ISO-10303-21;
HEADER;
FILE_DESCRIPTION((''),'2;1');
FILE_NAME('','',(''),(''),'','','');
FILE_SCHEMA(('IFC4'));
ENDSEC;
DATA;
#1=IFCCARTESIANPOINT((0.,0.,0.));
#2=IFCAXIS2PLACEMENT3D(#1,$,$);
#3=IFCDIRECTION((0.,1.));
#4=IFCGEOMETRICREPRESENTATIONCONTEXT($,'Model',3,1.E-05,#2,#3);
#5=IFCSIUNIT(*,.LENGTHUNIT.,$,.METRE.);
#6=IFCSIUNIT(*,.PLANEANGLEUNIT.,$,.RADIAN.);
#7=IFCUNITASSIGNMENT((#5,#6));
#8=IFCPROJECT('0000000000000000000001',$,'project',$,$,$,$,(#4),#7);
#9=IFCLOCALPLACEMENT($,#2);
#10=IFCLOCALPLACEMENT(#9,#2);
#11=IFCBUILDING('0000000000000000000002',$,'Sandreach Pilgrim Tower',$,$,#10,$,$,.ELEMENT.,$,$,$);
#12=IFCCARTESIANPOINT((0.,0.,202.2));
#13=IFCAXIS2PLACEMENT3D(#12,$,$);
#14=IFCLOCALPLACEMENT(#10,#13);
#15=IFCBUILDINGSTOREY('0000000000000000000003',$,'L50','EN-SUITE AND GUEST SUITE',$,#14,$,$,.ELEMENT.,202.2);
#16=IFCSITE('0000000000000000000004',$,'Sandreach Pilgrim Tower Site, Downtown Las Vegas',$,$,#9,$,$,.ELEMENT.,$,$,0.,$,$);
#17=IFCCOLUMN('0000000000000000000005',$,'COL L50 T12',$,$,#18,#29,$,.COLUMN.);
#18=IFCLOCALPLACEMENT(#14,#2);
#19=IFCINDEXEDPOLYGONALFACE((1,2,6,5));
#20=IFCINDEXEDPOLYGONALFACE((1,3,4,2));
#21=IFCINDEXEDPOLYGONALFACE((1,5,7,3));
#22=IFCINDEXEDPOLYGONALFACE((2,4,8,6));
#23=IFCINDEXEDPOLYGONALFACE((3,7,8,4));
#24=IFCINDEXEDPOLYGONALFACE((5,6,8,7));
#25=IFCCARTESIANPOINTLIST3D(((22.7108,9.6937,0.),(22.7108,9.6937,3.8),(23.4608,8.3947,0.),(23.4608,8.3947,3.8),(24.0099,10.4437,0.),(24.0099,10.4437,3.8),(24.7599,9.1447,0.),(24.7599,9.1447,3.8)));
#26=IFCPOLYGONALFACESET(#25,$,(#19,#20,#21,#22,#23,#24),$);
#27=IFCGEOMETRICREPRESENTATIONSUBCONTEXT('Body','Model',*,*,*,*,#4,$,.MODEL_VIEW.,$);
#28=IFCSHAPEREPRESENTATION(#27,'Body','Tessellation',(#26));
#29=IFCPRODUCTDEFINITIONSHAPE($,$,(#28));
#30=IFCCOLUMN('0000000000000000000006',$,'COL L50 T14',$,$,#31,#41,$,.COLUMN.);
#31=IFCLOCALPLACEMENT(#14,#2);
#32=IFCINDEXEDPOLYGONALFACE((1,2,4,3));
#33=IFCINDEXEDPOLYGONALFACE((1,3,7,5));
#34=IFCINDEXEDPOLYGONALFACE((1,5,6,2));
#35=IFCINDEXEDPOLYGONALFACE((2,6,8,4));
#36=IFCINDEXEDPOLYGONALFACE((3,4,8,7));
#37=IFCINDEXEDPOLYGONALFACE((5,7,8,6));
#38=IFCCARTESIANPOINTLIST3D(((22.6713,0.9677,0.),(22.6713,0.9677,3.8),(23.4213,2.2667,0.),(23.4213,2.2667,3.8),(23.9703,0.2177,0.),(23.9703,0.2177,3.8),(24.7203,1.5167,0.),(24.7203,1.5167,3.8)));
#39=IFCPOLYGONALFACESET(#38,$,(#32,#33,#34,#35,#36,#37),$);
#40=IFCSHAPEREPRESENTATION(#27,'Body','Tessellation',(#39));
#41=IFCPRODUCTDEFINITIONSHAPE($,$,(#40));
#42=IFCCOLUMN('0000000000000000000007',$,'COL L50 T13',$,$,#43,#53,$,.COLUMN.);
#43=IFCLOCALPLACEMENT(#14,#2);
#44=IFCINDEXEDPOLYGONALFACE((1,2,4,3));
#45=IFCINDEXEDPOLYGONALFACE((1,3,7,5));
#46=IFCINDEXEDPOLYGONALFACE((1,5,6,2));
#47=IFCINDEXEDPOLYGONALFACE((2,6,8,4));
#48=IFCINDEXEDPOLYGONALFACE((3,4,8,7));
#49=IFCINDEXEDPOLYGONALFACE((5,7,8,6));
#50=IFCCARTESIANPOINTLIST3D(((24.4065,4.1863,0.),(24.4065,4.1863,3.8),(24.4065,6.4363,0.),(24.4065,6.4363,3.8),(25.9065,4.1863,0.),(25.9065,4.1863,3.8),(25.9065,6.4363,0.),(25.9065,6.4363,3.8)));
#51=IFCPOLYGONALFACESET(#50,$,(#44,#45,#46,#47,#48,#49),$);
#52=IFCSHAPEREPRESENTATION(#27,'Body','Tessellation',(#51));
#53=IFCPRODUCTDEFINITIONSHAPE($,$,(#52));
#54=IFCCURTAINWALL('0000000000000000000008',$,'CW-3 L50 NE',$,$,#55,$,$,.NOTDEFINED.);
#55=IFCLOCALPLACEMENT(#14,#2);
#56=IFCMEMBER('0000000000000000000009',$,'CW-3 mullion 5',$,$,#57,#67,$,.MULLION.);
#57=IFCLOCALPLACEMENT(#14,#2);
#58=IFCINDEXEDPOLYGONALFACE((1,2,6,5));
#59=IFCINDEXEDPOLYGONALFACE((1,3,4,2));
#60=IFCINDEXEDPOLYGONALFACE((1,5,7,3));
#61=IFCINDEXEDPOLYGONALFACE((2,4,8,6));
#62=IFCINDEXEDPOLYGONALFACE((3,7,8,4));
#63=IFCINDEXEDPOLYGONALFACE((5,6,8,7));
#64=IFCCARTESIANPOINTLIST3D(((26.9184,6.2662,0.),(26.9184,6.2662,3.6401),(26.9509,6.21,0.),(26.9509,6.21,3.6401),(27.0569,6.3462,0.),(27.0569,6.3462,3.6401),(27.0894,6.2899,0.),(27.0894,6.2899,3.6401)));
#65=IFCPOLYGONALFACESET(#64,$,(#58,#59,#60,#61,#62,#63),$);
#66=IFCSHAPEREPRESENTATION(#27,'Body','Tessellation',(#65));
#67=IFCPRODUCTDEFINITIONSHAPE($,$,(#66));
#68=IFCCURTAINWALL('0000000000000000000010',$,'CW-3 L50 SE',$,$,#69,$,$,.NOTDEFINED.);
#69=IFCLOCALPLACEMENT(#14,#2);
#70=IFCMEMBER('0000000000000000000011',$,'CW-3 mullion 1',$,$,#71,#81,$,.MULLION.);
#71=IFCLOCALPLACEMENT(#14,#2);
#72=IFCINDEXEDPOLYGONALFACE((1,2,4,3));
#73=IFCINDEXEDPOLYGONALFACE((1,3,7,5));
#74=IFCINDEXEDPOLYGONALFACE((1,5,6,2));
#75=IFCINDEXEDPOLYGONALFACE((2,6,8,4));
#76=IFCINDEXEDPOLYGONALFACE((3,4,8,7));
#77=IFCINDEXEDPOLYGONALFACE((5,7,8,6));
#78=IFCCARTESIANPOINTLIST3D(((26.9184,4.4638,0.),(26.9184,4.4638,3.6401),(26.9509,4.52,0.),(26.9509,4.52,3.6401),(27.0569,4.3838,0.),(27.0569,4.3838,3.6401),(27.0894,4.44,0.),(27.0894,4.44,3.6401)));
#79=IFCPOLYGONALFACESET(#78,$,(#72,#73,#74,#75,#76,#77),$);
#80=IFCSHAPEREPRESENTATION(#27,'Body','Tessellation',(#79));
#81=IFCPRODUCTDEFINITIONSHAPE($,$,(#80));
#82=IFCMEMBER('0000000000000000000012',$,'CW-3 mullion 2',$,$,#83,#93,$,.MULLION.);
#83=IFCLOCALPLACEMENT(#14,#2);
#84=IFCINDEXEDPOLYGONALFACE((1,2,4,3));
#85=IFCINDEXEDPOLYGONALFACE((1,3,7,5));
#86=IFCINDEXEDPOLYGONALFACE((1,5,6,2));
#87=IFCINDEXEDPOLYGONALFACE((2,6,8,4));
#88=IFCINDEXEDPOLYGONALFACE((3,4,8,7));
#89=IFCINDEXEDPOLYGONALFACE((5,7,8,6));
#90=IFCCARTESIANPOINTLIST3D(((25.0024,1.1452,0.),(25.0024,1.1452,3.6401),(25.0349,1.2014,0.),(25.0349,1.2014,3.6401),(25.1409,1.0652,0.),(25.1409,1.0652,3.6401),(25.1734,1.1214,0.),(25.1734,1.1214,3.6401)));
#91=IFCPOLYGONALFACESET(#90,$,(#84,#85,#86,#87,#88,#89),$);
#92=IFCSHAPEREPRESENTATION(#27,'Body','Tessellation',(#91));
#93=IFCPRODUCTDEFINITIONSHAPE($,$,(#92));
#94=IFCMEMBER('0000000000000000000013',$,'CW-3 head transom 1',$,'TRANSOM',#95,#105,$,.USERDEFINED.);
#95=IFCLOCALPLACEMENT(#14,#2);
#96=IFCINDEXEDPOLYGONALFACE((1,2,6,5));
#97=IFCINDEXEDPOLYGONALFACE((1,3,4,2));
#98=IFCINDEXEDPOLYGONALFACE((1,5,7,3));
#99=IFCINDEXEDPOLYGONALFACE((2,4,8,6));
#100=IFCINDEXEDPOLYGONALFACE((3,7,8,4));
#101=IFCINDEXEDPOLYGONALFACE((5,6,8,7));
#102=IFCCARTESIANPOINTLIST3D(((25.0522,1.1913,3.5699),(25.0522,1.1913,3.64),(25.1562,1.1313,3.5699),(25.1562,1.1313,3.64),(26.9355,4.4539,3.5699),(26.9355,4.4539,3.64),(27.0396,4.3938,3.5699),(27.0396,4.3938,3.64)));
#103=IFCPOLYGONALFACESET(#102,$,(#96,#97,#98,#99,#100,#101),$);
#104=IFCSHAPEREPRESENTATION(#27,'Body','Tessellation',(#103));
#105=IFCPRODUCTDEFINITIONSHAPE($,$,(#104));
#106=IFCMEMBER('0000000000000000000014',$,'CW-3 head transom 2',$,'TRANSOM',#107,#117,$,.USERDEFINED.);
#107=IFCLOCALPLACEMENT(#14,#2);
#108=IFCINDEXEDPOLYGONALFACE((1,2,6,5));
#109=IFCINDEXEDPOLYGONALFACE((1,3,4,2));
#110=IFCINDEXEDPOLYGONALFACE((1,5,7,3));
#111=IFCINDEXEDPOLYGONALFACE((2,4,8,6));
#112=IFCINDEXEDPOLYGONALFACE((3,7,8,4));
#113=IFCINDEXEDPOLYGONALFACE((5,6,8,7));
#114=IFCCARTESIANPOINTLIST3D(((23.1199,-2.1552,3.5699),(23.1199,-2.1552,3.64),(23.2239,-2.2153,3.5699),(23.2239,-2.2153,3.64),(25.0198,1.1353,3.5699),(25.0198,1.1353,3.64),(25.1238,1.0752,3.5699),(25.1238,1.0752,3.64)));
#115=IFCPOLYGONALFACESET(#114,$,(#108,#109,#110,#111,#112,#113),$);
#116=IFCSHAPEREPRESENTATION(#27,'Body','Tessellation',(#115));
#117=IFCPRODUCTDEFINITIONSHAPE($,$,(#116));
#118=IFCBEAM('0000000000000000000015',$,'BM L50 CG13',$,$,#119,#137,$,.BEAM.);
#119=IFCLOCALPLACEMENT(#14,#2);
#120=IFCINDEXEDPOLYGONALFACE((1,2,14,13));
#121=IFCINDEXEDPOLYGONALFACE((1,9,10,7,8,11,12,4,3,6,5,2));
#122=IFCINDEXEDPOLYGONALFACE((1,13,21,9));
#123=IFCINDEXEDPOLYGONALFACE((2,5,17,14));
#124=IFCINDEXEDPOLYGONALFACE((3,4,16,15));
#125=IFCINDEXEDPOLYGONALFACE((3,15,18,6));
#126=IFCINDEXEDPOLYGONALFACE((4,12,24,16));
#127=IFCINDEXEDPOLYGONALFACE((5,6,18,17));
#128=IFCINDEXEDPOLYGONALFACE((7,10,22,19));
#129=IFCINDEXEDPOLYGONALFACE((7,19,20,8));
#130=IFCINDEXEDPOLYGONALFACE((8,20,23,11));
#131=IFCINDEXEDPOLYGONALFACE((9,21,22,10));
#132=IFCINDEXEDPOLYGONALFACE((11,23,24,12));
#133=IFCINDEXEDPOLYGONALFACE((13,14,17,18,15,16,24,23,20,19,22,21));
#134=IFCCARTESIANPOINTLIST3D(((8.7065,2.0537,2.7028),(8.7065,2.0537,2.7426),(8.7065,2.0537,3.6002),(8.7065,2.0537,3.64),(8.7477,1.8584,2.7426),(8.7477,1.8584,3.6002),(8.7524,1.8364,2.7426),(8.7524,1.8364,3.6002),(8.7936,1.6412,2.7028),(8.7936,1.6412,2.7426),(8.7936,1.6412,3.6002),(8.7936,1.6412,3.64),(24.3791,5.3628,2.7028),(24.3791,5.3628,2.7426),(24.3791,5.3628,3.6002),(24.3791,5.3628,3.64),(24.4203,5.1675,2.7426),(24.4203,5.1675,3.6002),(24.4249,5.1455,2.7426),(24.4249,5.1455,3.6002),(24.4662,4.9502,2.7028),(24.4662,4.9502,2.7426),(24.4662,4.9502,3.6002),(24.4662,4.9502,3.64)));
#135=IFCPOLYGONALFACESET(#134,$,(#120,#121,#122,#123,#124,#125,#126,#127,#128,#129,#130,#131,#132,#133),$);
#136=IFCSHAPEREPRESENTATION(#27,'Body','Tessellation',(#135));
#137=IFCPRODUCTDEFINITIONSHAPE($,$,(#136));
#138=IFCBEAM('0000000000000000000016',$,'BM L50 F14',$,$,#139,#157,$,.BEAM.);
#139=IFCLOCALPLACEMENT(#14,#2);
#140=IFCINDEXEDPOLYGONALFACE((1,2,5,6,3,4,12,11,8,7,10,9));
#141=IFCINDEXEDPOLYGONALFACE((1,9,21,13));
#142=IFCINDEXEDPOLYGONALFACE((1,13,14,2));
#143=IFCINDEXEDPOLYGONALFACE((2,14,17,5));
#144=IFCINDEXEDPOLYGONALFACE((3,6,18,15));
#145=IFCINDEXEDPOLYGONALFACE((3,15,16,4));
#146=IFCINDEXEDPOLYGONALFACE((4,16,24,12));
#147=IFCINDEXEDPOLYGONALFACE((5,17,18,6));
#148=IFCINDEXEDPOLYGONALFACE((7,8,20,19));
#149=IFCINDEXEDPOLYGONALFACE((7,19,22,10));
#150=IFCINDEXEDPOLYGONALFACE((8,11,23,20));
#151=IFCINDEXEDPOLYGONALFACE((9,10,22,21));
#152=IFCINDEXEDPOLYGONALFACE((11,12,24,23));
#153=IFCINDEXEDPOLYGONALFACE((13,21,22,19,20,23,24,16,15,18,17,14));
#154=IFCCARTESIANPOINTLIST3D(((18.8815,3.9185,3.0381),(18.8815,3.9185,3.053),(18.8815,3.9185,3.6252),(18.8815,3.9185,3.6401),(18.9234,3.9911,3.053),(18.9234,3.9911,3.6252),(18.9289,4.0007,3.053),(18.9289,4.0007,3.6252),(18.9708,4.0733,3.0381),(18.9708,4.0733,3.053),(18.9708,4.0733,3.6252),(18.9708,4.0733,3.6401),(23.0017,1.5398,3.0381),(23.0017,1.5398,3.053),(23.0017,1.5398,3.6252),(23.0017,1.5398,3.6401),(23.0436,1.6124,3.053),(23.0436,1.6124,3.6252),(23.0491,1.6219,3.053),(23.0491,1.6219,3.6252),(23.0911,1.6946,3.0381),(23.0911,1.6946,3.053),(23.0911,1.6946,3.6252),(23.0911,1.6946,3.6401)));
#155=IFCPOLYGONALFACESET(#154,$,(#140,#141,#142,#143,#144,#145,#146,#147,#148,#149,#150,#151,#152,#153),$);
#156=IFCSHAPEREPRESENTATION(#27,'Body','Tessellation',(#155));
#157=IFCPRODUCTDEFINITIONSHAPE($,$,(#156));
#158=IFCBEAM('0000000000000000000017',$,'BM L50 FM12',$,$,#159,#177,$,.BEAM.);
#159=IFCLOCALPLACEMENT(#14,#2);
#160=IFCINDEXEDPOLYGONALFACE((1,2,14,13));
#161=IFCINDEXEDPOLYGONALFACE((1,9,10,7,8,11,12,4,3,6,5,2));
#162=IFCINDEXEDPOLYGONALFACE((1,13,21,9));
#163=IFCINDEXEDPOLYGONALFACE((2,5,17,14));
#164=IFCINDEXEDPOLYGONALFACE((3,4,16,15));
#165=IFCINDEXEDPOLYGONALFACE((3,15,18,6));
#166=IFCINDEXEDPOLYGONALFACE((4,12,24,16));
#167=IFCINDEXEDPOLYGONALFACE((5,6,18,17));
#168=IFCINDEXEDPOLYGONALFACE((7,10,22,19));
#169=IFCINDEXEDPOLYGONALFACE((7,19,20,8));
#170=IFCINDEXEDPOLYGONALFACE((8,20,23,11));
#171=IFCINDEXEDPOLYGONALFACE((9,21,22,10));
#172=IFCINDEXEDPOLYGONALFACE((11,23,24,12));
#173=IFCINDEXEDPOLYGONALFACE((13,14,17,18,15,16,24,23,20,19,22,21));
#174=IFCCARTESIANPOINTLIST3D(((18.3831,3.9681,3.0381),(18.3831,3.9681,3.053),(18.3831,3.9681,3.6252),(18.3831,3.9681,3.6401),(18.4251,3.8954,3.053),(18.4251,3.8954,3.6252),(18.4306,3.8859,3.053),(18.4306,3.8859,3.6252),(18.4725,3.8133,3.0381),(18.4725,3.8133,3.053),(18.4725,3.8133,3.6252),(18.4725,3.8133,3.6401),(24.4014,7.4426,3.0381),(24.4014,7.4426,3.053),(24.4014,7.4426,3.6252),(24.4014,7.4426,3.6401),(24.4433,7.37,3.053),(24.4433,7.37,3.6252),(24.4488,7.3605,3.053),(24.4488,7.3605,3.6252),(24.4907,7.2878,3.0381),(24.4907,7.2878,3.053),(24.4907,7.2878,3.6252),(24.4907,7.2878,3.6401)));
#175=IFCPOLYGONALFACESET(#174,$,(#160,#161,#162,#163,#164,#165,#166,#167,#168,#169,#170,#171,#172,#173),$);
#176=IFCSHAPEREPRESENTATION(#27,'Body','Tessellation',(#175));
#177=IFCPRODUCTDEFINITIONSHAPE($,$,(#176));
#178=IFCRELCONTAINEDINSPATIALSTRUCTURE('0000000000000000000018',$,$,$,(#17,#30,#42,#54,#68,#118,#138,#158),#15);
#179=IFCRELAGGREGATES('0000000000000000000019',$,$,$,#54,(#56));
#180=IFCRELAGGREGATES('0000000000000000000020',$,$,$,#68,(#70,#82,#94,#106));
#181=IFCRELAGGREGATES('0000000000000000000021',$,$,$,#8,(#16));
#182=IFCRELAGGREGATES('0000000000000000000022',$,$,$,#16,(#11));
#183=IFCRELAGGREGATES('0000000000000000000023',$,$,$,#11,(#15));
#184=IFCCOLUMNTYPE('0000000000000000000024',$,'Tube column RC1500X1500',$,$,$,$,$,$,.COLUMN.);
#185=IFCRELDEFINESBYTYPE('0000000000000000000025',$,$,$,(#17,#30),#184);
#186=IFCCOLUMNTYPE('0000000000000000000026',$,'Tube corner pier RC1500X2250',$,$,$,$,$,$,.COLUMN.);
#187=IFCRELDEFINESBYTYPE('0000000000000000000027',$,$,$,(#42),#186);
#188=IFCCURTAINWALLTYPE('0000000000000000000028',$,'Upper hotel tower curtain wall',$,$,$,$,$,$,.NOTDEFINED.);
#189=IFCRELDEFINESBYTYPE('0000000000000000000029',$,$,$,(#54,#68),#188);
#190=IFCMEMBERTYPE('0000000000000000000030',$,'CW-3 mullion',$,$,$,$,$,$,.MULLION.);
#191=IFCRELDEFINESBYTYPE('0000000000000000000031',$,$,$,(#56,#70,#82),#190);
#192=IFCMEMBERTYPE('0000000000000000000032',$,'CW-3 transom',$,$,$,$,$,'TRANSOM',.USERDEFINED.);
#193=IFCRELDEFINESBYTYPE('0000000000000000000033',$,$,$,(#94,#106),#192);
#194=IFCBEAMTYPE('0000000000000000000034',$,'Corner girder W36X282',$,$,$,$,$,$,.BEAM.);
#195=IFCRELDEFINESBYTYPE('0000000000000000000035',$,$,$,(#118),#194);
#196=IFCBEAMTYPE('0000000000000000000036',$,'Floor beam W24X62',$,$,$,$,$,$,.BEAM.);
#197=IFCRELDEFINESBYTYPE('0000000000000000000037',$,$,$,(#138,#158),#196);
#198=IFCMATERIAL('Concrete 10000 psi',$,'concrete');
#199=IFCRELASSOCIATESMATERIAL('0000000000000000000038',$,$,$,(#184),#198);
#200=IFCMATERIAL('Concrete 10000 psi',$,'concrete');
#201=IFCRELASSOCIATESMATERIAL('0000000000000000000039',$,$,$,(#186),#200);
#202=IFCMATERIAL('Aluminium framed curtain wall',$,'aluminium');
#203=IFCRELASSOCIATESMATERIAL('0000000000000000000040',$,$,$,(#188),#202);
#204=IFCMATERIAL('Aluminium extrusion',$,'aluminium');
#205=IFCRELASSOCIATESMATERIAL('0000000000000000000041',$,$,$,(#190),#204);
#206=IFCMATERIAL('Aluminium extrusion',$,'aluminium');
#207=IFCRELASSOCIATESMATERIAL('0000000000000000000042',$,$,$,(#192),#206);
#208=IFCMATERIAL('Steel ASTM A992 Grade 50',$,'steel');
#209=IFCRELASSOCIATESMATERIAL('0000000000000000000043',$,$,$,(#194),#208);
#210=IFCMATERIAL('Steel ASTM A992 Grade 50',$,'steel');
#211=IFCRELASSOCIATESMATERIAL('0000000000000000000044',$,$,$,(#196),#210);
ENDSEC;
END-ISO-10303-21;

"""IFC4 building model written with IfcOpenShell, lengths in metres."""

from ifc_helpers import new_model, si_unit, direction, frame, origin, origin_2d, place, context, subcontext, project, spatial, rectangle, i_section, extrude, material, material_profile, profile_set, type_object, element, aggregate, save


model = new_model("IFC4")

# Units and contexts
model_context = context("Model", 3, precision=1e-05, world=origin(), true_north=direction((0.0, 1.0)))
body_context = subcontext(model_context, "Body", "Model", "MODEL_VIEW")
ifc_project = project(units=[si_unit("LENGTHUNIT", "METRE"), si_unit("PLANEANGLEUNIT", "RADIAN")], contexts=[model_context])

# Site, building, storey
site_placement = place(None, origin())
site = spatial("IfcSite", under=ifc_project, at=site_placement, Name="Sandreach Pilgrim Tower Site, Downtown Las Vegas", CompositionType="ELEMENT", RefElevation=0.0)
building_placement = place(site_placement, origin())
building = spatial("IfcBuilding", under=site, at=building_placement, Name="Sandreach Pilgrim Tower", CompositionType="ELEMENT")
storey_placement = place(building_placement, frame((0.0, 0.0, 202.2)))
storey = spatial("IfcBuildingStorey", under=building, at=storey_placement, Name="L50", Description="EN-SUITE AND GUEST SUITE", CompositionType="ELEMENT", Elevation=202.2)

# Columns
ifc_material_1 = material(Name="Concrete 10000 psi", Category="concrete")
ifc_material_profile_1 = material_profile(ifc_material_1, rectangle(XDim=1.5, YDim=1.5, at=origin_2d()), Name="RC1500X1500")
ifc_profile_set_1 = profile_set([ifc_material_profile_1], Name="Concrete 10000 psi")
column_type_1 = type_object("IfcColumnType", Name="Tube column RC1500X1500", PredefinedType="COLUMN", material=ifc_profile_set_1)
for number, where, z_axis, x_axis, name in (
    (1, (23.7354, 9.4192, 0.0), (0.0, 0.0, 1.0), (0.866025, 0.5, 0.0), "COL L50 T12"),
    (2, (23.6958, 1.2422, 0.0), (0.0, 0.0, 1.0), (0.866025, -0.5, 0.0), "COL L50 T14"),
):
    element("IfcColumn", number, at=place(storey_placement, frame(where, z_axis=z_axis, x_axis=x_axis)), inside=storey, type_object=column_type_1, Name=name, PredefinedType="COLUMN", context=body_context, shape_type="SweptSolid", body=[
        extrude(rectangle(XDim=1.5, YDim=1.5, at=origin_2d()), origin(), (0.0, 0.0, 1.0), 3.8),
    ])
ifc_material_2 = material(Name="Concrete 10000 psi", Category="concrete")
ifc_material_profile_2 = material_profile(ifc_material_2, rectangle(XDim=1.5, YDim=2.25, at=origin_2d()), Name="RC1500X2250")
ifc_profile_set_2 = profile_set([ifc_material_profile_2], Name="Concrete 10000 psi")
column_type_2 = type_object("IfcColumnType", Name="Tube corner pier RC1500X2250", PredefinedType="COLUMN", material=ifc_profile_set_2)
column_placement = place(storey_placement, frame((25.1565, 5.3113, 0.0), z_axis=(0.0, 0.0, 1.0), x_axis=(1.0, 0.0, 0.0)))
element("IfcColumn", 3, at=column_placement, inside=storey, type_object=column_type_2, Name="COL L50 T13", PredefinedType="COLUMN", context=body_context, shape_type="SweptSolid", body=[
    extrude(rectangle(XDim=1.5, YDim=2.25, at=origin_2d()), origin(), (0.0, 0.0, 1.0), 3.8),
])

# Curtain wall, member
ifc_material_3 = material(Name="Aluminium framed curtain wall", Category="aluminium")
curtain_wall_type = type_object("IfcCurtainWallType", Name="Upper hotel tower curtain wall", PredefinedType="NOTDEFINED", material=ifc_material_3)
curtain_wall_1_placement = place(storey_placement, origin())
curtain_wall_1 = element("IfcCurtainWall", 4, at=curtain_wall_1_placement, inside=storey, type_object=curtain_wall_type, Name="CW-3 L50 NE", PredefinedType="NOTDEFINED")
ifc_material_4 = material(Name="Aluminium extrusion", Category="aluminium")
ifc_material_profile_3 = material_profile(ifc_material_4, rectangle(XDim=0.0649, YDim=0.1599, at=origin_2d()), Name="CW-3M 65X160")
ifc_profile_set_3 = profile_set([ifc_material_profile_3], Name="Aluminium extrusion")
member_type_1 = type_object("IfcMemberType", Name="CW-3 mullion", PredefinedType="MULLION", material=ifc_profile_set_3)
member_1_placement = place(storey_placement, frame((27.0039, 6.2781, 0.0), z_axis=(0.0, 0.0, 1.0), x_axis=(0.5, -0.866025, 0.0)))
member_1 = element("IfcMember", 5, at=member_1_placement, type_object=member_type_1, Name="CW-3 mullion 5", PredefinedType="MULLION", context=body_context, shape_type="SweptSolid", body=[
    extrude(rectangle(XDim=0.0649, YDim=0.1599, at=origin_2d()), origin(), (0.0, 0.0, 1.0), 3.6401),
])

# Curtain wall, members
curtain_wall_2_placement = place(storey_placement, origin())
curtain_wall_2 = element("IfcCurtainWall", 6, at=curtain_wall_2_placement, inside=storey, type_object=curtain_wall_type, Name="CW-3 L50 SE", PredefinedType="NOTDEFINED")
member_2_placement = place(storey_placement, frame((27.0039, 4.4519, 0.0), z_axis=(0.0, 0.0, 1.0), x_axis=(-0.5, -0.866025, 0.0)))
member_2 = element("IfcMember", 7, at=member_2_placement, type_object=member_type_1, Name="CW-3 mullion 1", PredefinedType="MULLION", context=body_context, shape_type="SweptSolid", body=[
    extrude(rectangle(XDim=0.0649, YDim=0.1599, at=origin_2d()), origin(), (0.0, 0.0, 1.0), 3.6401),
])
member_3_placement = place(storey_placement, frame((25.0879, 1.1333, 0.0), z_axis=(0.0, 0.0, 1.0), x_axis=(-0.5, -0.866025, 0.0)))
member_3 = element("IfcMember", 8, at=member_3_placement, type_object=member_type_1, Name="CW-3 mullion 2", PredefinedType="MULLION", context=body_context, shape_type="SweptSolid", body=[
    extrude(rectangle(XDim=0.0649, YDim=0.1599, at=origin_2d()), origin(), (0.0, 0.0, 1.0), 3.6401),
])
ifc_material_5 = material(Name="Aluminium extrusion", Category="aluminium")
ifc_material_profile_4 = material_profile(ifc_material_5, rectangle(XDim=0.1201, YDim=0.0701, at=origin_2d()), Name="CW-3T 120X70")
ifc_profile_set_4 = profile_set([ifc_material_profile_4], Name="Aluminium extrusion")
member_type_2 = type_object("IfcMemberType", Name="CW-3 transom", ElementType="TRANSOM", PredefinedType="USERDEFINED", material=ifc_profile_set_4)
member_4_placement = place(storey_placement, frame((26.9875, 4.4238, 3.605), z_axis=(-0.499945, -0.866057, 0.0), x_axis=(0.866057, -0.499945, 0.0)))
member_4 = element("IfcMember", 9, at=member_4_placement, type_object=member_type_2, Name="CW-3 head transom 1", ObjectType="TRANSOM", PredefinedType="USERDEFINED", context=body_context, shape_type="SweptSolid", body=[
    extrude(rectangle(XDim=0.1201, YDim=0.0701, at=origin_2d()), origin(), (0.0, 0.0, 1.0), 3.7671),
])
member_5_placement = place(storey_placement, frame((25.0718, 1.1052, 3.605), z_axis=(-0.500023, -0.866012, 0.0), x_axis=(0.866012, -0.500023, 0.0)))
member_5 = element("IfcMember", 10, at=member_5_placement, type_object=member_type_2, Name="CW-3 head transom 2", ObjectType="TRANSOM", PredefinedType="USERDEFINED", context=body_context, shape_type="SweptSolid", body=[
    extrude(rectangle(XDim=0.1201, YDim=0.0701, at=origin_2d()), origin(), (0.0, 0.0, 1.0), 3.7996),
])

# Beams
ifc_material_6 = material(Name="Steel ASTM A992 Grade 50", Category="steel")
ifc_material_profile_5 = material_profile(ifc_material_6, i_section(OverallWidth=0.4216, OverallDepth=0.9373, WebThickness=0.0225, FlangeThickness=0.0398, at=origin_2d()), Name="W36X282")
ifc_profile_set_5 = profile_set([ifc_material_profile_5], Name="Steel ASTM A992 Grade 50")
beam_type_1 = type_object("IfcBeamType", Name="Corner girder W36X282", PredefinedType="BEAM", material=ifc_profile_set_5)
beam_1_placement = place(storey_placement, frame((24.4226, 5.1565, 3.1714), z_axis=(-0.978429, -0.206583, 0.0), x_axis=(0.206583, -0.978429, 0.0)))
element("IfcBeam", 11, at=beam_1_placement, inside=storey, type_object=beam_type_1, Name="BM L50 CG13", PredefinedType="BEAM", context=body_context, shape_type="SweptSolid", body=[
    extrude(i_section(OverallWidth=0.4216, OverallDepth=0.9373, WebThickness=0.0225, FlangeThickness=0.0398, at=origin_2d()), origin(), (0.0, 0.0, 1.0), 16.0181),
])
ifc_material_7 = material(Name="Steel ASTM A992 Grade 50", Category="steel")
ifc_material_profile_6 = material_profile(ifc_material_7, i_section(OverallWidth=0.1787, OverallDepth=0.6021, WebThickness=0.011, FlangeThickness=0.0149, at=origin_2d()), Name="W24X62")
ifc_profile_set_6 = profile_set([ifc_material_profile_6], Name="Steel ASTM A992 Grade 50")
beam_type_2 = type_object("IfcBeamType", Name="Floor beam W24X62", PredefinedType="BEAM", material=ifc_profile_set_6)
beam_2_placement = place(storey_placement, frame((23.0464, 1.6172, 3.3391), z_axis=(-0.866033, 0.499986, 0.0), x_axis=(-0.499986, -0.866033, 0.0)))
element("IfcBeam", 12, at=beam_2_placement, inside=storey, type_object=beam_type_2, Name="BM L50 F14", PredefinedType="BEAM", context=body_context, shape_type="SweptSolid", body=[
    extrude(i_section(OverallWidth=0.1787, OverallDepth=0.6021, WebThickness=0.011, FlangeThickness=0.0149, at=origin_2d()), origin(), (0.0, 0.0, 1.0), 4.7576),
])
beam_3_placement = place(storey_placement, frame((24.446, 7.3652, 3.3391), z_axis=(-0.866029, -0.499993, 0.0), x_axis=(0.499993, -0.866029, 0.0)))
element("IfcBeam", 13, at=beam_3_placement, inside=storey, type_object=beam_type_2, Name="BM L50 FM12", PredefinedType="BEAM", context=body_context, shape_type="SweptSolid", body=[
    extrude(i_section(OverallWidth=0.1787, OverallDepth=0.6021, WebThickness=0.011, FlangeThickness=0.0149, at=origin_2d()), origin(), (0.0, 0.0, 1.0), 6.9492),
])

aggregate(curtain_wall_1, [member_1])
aggregate(curtain_wall_2, [member_2, member_3, member_4, member_5])

save(model, "model.ifc")
